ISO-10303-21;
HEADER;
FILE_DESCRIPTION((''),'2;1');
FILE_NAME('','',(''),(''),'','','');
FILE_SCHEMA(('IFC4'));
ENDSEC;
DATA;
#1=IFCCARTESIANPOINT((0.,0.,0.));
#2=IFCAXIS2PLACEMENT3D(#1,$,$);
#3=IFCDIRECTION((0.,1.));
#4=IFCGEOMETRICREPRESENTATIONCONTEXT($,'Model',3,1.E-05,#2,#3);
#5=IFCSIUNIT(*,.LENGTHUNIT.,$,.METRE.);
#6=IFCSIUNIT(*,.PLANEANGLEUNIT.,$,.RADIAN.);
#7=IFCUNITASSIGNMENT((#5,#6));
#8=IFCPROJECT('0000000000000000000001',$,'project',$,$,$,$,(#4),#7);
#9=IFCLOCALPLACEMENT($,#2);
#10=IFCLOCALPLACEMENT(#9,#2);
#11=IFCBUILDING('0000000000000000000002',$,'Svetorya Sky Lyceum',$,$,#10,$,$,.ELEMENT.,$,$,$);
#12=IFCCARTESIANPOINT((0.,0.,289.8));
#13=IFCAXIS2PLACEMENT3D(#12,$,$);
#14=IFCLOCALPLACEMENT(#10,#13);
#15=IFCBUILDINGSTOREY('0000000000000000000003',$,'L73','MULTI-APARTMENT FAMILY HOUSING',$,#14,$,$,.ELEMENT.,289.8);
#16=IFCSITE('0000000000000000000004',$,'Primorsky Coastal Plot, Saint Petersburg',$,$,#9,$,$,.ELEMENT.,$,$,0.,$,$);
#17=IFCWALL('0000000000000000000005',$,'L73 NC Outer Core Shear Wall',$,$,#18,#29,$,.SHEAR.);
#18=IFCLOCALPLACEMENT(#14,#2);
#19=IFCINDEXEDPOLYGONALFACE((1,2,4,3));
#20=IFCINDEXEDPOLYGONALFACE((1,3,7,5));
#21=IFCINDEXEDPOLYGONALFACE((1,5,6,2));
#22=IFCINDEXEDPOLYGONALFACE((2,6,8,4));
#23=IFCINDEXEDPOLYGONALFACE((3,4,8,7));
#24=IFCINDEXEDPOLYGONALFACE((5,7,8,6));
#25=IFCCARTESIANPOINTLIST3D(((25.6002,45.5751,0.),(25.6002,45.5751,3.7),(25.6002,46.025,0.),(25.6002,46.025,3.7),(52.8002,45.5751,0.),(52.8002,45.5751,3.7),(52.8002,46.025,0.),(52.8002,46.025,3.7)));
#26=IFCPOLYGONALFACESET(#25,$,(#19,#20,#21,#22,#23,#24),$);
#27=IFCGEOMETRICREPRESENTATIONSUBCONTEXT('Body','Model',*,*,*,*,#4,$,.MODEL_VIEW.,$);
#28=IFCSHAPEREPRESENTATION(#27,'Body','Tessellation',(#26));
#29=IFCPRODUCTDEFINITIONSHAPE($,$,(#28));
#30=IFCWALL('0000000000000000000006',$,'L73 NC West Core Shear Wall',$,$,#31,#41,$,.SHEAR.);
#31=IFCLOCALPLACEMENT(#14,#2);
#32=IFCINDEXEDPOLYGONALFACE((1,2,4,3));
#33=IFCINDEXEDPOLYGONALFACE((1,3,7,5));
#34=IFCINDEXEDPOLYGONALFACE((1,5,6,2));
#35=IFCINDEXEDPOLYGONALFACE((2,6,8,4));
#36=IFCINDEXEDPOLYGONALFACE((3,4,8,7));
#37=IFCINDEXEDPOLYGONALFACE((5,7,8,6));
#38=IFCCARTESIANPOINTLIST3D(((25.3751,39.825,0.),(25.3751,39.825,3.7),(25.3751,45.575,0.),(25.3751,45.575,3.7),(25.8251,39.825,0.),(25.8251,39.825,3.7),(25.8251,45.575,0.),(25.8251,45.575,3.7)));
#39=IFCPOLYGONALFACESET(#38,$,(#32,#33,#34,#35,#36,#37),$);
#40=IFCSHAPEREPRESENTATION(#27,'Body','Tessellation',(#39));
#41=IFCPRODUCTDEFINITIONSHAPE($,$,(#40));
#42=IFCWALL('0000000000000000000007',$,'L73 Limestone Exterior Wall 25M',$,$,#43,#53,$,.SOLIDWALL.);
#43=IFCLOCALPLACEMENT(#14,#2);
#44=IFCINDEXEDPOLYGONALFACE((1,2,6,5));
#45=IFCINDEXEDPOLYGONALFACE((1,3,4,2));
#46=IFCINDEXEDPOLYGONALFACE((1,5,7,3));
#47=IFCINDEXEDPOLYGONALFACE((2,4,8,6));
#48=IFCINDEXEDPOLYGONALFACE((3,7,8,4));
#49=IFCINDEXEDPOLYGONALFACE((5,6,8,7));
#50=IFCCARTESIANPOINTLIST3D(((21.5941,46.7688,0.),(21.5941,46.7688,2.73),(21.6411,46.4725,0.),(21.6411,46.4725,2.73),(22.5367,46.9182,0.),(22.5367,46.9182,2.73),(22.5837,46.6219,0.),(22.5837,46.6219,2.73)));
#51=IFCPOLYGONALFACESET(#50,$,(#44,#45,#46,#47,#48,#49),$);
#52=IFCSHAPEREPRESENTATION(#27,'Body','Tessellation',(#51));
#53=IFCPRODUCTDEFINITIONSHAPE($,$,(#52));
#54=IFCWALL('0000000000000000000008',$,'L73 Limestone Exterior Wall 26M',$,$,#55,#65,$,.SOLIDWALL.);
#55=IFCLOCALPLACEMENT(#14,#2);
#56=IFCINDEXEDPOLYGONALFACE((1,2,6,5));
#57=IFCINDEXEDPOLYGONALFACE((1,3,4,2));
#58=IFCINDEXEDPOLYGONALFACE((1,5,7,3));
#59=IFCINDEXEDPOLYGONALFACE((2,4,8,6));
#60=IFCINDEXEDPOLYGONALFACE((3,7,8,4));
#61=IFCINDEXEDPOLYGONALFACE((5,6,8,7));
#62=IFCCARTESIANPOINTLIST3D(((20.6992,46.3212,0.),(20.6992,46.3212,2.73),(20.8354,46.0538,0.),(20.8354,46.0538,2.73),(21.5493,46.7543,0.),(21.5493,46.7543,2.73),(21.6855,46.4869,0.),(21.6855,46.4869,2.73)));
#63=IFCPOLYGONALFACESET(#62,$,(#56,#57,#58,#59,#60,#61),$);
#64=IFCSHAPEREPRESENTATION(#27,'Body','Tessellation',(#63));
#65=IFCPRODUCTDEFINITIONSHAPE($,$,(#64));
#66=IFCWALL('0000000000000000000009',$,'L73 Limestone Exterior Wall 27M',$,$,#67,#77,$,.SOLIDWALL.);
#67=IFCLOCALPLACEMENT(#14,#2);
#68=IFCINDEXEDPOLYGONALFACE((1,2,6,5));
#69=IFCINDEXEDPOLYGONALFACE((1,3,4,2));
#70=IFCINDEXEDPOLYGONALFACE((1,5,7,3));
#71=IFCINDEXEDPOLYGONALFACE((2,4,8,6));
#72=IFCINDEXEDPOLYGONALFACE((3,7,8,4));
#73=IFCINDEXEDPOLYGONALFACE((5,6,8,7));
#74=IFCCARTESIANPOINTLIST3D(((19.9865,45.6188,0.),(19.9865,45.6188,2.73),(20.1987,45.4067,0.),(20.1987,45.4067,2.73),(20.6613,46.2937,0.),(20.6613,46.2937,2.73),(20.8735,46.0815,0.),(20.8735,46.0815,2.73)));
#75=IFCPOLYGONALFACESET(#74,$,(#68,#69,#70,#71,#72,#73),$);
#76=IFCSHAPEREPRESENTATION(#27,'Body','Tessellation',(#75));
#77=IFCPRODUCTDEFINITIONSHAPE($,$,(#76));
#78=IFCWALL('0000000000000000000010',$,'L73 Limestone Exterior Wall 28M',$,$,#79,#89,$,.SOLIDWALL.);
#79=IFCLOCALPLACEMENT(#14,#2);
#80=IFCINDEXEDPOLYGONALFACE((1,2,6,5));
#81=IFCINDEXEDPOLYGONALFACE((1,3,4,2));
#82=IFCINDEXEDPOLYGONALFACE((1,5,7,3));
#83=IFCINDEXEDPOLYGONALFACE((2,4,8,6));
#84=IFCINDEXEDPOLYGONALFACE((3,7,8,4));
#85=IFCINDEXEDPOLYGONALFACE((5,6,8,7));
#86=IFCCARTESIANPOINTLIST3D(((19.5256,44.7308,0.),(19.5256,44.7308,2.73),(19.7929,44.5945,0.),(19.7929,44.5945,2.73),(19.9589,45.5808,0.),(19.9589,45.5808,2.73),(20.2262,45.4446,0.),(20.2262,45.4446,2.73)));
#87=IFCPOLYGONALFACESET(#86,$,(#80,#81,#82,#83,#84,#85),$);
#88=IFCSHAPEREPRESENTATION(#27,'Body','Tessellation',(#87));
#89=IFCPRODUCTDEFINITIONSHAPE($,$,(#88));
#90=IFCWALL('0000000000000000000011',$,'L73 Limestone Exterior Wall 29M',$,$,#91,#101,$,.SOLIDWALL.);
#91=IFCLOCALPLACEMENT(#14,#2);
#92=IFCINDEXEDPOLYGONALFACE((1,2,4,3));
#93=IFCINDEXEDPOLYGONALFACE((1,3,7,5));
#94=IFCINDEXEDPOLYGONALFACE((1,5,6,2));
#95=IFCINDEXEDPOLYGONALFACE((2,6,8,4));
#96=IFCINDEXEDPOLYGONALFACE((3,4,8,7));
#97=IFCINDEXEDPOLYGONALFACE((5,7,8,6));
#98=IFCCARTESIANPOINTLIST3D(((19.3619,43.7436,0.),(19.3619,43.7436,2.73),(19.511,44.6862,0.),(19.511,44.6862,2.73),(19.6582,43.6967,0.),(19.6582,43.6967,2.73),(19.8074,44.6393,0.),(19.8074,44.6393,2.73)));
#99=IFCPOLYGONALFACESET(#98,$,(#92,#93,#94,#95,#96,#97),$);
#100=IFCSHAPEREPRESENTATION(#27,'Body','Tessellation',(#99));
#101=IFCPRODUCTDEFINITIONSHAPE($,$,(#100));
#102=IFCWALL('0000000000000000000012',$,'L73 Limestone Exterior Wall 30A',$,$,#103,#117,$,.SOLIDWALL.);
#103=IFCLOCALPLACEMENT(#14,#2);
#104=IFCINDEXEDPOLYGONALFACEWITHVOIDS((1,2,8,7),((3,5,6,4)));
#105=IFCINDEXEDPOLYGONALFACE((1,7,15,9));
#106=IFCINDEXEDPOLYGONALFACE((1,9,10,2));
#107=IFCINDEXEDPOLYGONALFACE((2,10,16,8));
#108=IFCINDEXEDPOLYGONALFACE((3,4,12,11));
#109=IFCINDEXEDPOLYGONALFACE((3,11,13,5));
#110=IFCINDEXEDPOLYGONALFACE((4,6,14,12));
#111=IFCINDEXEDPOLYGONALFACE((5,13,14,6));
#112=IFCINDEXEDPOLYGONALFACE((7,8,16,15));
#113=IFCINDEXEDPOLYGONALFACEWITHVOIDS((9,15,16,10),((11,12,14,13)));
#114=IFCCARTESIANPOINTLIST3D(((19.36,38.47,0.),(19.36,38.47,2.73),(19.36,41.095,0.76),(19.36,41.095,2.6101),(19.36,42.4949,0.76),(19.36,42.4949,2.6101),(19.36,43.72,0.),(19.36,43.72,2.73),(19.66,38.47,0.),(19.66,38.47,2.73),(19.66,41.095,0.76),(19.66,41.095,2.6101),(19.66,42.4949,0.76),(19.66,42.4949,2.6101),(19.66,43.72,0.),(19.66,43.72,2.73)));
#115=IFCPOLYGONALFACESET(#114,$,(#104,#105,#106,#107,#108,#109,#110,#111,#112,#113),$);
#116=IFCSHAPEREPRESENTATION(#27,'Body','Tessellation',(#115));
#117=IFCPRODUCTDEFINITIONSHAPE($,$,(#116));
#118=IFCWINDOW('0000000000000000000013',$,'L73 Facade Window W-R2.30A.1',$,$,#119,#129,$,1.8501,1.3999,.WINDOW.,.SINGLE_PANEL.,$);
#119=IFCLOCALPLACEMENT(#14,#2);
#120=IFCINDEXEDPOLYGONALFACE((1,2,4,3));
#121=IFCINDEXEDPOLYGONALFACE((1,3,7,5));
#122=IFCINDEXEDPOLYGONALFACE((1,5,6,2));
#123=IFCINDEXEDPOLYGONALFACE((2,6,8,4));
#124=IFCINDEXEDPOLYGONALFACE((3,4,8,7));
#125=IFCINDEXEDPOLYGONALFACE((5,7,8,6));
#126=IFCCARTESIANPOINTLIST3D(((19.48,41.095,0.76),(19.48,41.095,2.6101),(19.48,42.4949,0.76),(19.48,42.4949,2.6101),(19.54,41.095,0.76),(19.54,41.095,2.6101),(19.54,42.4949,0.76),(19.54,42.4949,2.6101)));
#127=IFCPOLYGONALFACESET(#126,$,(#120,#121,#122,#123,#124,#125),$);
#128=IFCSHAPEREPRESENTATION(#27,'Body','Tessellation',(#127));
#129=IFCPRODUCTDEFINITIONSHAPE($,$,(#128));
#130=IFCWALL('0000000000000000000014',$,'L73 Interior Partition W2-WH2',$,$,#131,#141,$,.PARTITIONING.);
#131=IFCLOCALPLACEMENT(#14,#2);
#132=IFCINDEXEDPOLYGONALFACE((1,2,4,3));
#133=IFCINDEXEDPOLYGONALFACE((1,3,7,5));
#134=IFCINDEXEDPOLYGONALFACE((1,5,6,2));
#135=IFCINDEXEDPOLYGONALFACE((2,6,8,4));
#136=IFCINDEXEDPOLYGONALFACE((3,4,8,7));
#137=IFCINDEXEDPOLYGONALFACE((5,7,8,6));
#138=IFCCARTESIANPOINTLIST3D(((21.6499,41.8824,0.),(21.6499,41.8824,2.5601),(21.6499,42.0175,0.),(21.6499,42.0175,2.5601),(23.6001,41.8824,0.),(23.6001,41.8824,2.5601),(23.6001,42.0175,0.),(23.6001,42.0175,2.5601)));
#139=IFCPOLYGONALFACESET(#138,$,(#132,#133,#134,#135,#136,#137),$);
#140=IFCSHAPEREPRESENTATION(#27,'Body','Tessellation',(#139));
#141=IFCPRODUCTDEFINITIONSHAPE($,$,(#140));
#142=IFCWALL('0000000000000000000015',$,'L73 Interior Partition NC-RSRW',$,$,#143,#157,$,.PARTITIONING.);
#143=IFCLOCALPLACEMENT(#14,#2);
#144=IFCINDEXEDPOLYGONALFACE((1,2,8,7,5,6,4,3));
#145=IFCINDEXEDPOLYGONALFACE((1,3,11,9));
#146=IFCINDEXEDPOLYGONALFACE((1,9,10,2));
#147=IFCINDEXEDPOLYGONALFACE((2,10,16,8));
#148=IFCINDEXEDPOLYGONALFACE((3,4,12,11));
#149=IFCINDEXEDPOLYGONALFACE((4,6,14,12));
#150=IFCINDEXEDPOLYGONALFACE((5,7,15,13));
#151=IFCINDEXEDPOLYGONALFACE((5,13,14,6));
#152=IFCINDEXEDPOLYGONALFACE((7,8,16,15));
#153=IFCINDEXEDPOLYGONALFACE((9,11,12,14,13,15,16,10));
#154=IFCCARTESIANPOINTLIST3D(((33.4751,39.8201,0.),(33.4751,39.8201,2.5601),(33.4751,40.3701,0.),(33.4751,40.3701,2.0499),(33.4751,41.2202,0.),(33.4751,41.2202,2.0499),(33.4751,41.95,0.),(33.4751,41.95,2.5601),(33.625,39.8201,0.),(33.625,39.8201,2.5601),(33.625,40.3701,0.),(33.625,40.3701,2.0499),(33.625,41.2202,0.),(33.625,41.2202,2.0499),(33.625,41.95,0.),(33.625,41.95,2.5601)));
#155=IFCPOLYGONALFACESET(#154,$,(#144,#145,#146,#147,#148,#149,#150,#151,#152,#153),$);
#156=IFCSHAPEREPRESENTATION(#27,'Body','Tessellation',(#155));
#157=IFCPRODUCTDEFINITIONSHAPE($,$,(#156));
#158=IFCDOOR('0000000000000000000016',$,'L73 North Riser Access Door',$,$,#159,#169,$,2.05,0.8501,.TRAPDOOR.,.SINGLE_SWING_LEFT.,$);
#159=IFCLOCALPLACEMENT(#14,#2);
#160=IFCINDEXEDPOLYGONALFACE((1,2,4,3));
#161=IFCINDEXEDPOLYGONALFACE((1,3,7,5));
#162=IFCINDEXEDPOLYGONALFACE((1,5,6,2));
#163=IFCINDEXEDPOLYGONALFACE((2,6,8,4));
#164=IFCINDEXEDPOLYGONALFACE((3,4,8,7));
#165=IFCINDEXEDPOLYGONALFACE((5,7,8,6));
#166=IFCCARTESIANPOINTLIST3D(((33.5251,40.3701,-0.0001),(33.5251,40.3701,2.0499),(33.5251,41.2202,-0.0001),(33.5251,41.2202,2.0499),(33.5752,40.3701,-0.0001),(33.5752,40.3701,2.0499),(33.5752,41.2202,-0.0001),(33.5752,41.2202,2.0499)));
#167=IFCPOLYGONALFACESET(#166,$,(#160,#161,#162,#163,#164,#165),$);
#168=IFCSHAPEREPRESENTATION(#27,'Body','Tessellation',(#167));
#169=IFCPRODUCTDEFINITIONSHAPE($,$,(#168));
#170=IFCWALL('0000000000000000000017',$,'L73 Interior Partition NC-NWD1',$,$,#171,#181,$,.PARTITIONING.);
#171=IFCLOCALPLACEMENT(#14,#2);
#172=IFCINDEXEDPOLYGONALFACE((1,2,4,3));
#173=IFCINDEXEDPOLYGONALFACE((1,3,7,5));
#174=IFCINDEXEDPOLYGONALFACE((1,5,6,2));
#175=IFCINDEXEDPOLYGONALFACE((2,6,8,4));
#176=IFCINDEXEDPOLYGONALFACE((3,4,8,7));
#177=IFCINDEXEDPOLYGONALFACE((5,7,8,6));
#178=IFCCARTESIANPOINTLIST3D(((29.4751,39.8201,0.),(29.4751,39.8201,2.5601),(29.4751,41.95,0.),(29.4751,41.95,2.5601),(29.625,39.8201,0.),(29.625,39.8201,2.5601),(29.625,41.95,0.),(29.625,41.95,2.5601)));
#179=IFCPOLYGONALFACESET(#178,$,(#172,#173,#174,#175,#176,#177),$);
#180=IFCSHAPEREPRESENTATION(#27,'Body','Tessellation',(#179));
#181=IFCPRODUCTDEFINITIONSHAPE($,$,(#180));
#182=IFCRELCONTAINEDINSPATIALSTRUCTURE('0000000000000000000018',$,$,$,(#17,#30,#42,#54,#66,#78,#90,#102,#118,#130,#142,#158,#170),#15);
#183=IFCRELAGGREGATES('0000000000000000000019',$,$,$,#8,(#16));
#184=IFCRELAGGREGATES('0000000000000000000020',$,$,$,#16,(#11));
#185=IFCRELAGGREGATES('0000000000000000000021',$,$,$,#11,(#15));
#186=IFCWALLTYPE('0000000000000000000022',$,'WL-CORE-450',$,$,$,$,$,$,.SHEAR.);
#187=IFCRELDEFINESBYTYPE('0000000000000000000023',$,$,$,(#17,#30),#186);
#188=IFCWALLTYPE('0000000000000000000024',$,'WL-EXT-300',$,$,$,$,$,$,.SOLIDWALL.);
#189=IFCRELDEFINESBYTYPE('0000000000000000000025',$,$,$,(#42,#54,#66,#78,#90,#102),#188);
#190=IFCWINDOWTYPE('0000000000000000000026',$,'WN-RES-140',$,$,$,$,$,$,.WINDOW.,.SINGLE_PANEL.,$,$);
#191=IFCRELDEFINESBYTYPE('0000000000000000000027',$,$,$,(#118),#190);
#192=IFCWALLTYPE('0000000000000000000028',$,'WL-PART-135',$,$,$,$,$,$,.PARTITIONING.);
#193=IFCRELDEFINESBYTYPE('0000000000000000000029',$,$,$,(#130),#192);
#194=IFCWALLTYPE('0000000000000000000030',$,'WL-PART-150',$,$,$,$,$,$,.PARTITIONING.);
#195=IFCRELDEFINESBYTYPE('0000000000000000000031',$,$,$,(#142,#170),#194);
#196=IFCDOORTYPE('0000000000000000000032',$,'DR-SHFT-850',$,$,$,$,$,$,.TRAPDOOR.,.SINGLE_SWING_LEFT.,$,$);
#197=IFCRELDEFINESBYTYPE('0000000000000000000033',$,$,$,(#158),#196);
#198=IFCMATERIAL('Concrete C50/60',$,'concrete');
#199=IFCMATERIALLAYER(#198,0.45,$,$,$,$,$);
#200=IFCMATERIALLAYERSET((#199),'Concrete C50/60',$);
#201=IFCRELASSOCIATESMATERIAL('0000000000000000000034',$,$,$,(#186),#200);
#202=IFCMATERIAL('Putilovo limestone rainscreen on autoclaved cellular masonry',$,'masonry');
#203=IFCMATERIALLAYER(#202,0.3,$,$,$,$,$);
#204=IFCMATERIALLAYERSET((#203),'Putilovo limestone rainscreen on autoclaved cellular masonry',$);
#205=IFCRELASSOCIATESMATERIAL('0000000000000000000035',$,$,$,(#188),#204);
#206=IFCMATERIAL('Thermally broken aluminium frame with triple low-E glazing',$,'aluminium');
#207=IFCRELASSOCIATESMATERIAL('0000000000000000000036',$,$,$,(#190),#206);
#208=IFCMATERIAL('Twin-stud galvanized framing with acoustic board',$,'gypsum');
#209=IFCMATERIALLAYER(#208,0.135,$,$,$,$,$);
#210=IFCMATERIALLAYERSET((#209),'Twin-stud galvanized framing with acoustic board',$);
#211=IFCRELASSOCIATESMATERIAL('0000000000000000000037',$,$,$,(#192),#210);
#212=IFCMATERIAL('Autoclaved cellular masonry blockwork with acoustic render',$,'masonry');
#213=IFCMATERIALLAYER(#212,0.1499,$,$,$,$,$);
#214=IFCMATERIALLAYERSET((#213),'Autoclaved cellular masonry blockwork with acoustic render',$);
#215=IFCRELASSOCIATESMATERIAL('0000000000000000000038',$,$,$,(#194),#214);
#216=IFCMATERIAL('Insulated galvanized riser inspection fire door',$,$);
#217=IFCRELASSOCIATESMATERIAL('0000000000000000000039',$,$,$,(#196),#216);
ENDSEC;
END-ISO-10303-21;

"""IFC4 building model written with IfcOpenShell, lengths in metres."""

from ifc_helpers import new_model, si_unit, direction, frame, frame_2d, origin, place, context, subcontext, project, spatial, rectangle, extrude, material, layer, layer_set, type_object, element, fill, save


model = new_model("IFC4")

# Units and contexts
model_context = context("Model", 3, precision=1e-05, world=origin(), true_north=direction((0.0, 1.0)))
body_context = subcontext(model_context, "Body", "Model", "MODEL_VIEW")
ifc_project = project(units=[si_unit("LENGTHUNIT", "METRE"), si_unit("PLANEANGLEUNIT", "RADIAN")], contexts=[model_context])

# Site, building, storey
site_placement = place(None, origin())
site = spatial("IfcSite", under=ifc_project, at=site_placement, Name="Primorsky Coastal Plot, Saint Petersburg", CompositionType="ELEMENT", RefElevation=0.0)
building_placement = place(site_placement, origin())
building = spatial("IfcBuilding", under=site, at=building_placement, Name="Svetorya Sky Lyceum", CompositionType="ELEMENT")
storey_placement = place(building_placement, frame((0.0, 0.0, 289.8)))
storey = spatial("IfcBuildingStorey", under=building, at=storey_placement, Name="L73", Description="MULTI-APARTMENT FAMILY HOUSING", CompositionType="ELEMENT", Elevation=289.8)

# Shared definitions
ifc_material_1 = material(Name="Concrete C50/60", Category="concrete")

# Walls
ifc_layer_1 = layer(ifc_material_1, 0.45)
ifc_layer_set_1 = layer_set([ifc_layer_1], Name="Concrete C50/60")
wall_type_1 = type_object("IfcWallType", Name="WL-CORE-450", PredefinedType="SHEAR", material=ifc_layer_set_1)
wall_1_placement = place(storey_placement, frame((25.6001, 45.8, 0.0), z_axis=(0.0, 0.0, 1.0), x_axis=(1.0, 0.0, 0.0)))
element("IfcWall", 1, at=wall_1_placement, inside=storey, type_object=wall_type_1, Name="L73 NC Outer Core Shear Wall", PredefinedType="SHEAR", context=body_context, shape_type="SweptSolid", body=[
    extrude(rectangle(XDim=27.2, YDim=0.45, at=frame_2d((13.6001, 0.0))), origin(), (0.0, 0.0, 1.0), 3.7),
])
wall_2_placement = place(storey_placement, frame((25.6001, 39.825, 0.0), z_axis=(0.0, 0.0, 1.0), x_axis=(0.0, 1.0, 0.0)))
element("IfcWall", 2, at=wall_2_placement, inside=storey, type_object=wall_type_1, Name="L73 NC West Core Shear Wall", PredefinedType="SHEAR", context=body_context, shape_type="SweptSolid", body=[
    extrude(rectangle(XDim=5.75, YDim=0.45, at=frame_2d((2.875, 0.0))), origin(), (0.0, 0.0, 1.0), 3.7),
])
ifc_material_2 = material(Name="Putilovo limestone rainscreen on autoclaved cellular masonry", Category="masonry")
ifc_layer_2 = layer(ifc_material_2, 0.3)
ifc_layer_set_2 = layer_set([ifc_layer_2], Name="Putilovo limestone rainscreen on autoclaved cellular masonry")
wall_type_2 = type_object("IfcWallType", Name="WL-EXT-300", PredefinedType="SOLIDWALL", material=ifc_layer_set_2)
wall_3_placement = place(storey_placement, frame((22.5601, 46.77, 0.0), z_axis=(0.0, 0.0, 1.0), x_axis=(-0.987669, -0.156554, 0.0)))
element("IfcWall", 3, at=wall_3_placement, inside=storey, type_object=wall_type_2, Name="L73 Limestone Exterior Wall 25M", PredefinedType="SOLIDWALL", context=body_context, shape_type="SweptSolid", body=[
    extrude(rectangle(XDim=0.9543, YDim=0.3, at=frame_2d((0.4771, 0.0))), origin(), (0.0, 0.0, 1.0), 2.73),
])
wall_4_placement = place(storey_placement, frame((21.6174, 46.6206, 0.0), z_axis=(0.0, 0.0, 1.0), x_axis=(-0.891024, -0.453956, 0.0)))
element("IfcWall", 4, at=wall_4_placement, inside=storey, type_object=wall_type_2, Name="L73 Limestone Exterior Wall 26M", PredefinedType="SOLIDWALL", context=body_context, shape_type="SweptSolid", body=[
    extrude(rectangle(XDim=0.9541, YDim=0.3, at=frame_2d((0.4771, 0.0))), origin(), (0.0, 0.0, 1.0), 2.73),
])
wall_5_placement = place(storey_placement, frame((20.7673, 46.1875, 0.0), z_axis=(0.0, 0.0, 1.0), x_axis=(-0.707107, -0.707107, 0.0)))
element("IfcWall", 5, at=wall_5_placement, inside=storey, type_object=wall_type_2, Name="L73 Limestone Exterior Wall 27M", PredefinedType="SOLIDWALL", context=body_context, shape_type="SweptSolid", body=[
    extrude(rectangle(XDim=0.9543, YDim=0.3, at=frame_2d((0.4771, 0.0))), origin(), (0.0, 0.0, 1.0), 2.73),
])
wall_6_placement = place(storey_placement, frame((20.0925, 45.5127, 0.0), z_axis=(0.0, 0.0, 1.0), x_axis=(-0.45416, -0.89092, 0.0)))
element("IfcWall", 6, at=wall_6_placement, inside=storey, type_object=wall_type_2, Name="L73 Limestone Exterior Wall 28M", PredefinedType="SOLIDWALL", context=body_context, shape_type="SweptSolid", body=[
    extrude(rectangle(XDim=0.9541, YDim=0.3, at=frame_2d((0.4771, 0.0))), origin(), (0.0, 0.0, 1.0), 2.73),
])
wall_7_placement = place(storey_placement, frame((19.6592, 44.6626, 0.0), z_axis=(0.0, 0.0, 1.0), x_axis=(-0.156304, -0.987709, 0.0)))
element("IfcWall", 7, at=wall_7_placement, inside=storey, type_object=wall_type_2, Name="L73 Limestone Exterior Wall 29M", PredefinedType="SOLIDWALL", context=body_context, shape_type="SweptSolid", body=[
    extrude(rectangle(XDim=0.9543, YDim=0.3, at=frame_2d((0.4771, 0.0))), origin(), (0.0, 0.0, 1.0), 2.73),
])

# Wall, opening, window
wall_8_placement = place(storey_placement, frame((19.51, 43.72, 0.0), z_axis=(0.0, 0.0, 1.0), x_axis=(0.0, -1.0, 0.0)))
wall_8 = element("IfcWall", 8, at=wall_8_placement, inside=storey, type_object=wall_type_2, Name="L73 Limestone Exterior Wall 30A", PredefinedType="SOLIDWALL", context=body_context, shape_type="SweptSolid", body=[
    extrude(rectangle(XDim=5.25, YDim=0.3, at=frame_2d((2.625, 0.0))), origin(), (0.0, 0.0, 1.0), 2.73),
])
opening_1_placement = place(wall_8_placement, frame((1.2251, 0.0, 0.76)))
opening_1 = element("IfcOpeningElement", 9, at=opening_1_placement, cuts=wall_8, PredefinedType="OPENING", context=body_context, shape_type="SweptSolid", body=[
    extrude(rectangle(XDim=1.3999, YDim=1.8501, at=frame_2d((0.7, 0.925))), frame((0.0, 0.1599, 0.0), z_axis=(0.0, -1.0, 0.0), x_axis=(1.0, 0.0, 0.0)), (0.0, 0.0, 1.0), 0.3201),
])
ifc_material_3 = material(Name="Thermally broken aluminium frame with triple low-E glazing", Category="aluminium")
window_type = type_object("IfcWindowType", Name="WN-RES-140", PartitioningType="SINGLE_PANEL", PredefinedType="WINDOW", material=ifc_material_3)
window_placement = place(opening_1_placement, origin())
window = element("IfcWindow", 10, at=window_placement, inside=storey, type_object=window_type, Name="L73 Facade Window W-R2.30A.1", OverallHeight=1.8501, OverallWidth=1.3999, PartitioningType="SINGLE_PANEL", PredefinedType="WINDOW", context=body_context, shape_type="SweptSolid", body=[
    extrude(rectangle(XDim=1.3999, YDim=1.8501, at=frame_2d((0.7, 0.925))), frame((0.0, 0.03, 0.0), z_axis=(0.0, -1.0, 0.0), x_axis=(1.0, 0.0, 0.0)), (0.0, 0.0, 1.0), 0.0601),
])
fill(opening_1, window)

# Wall
ifc_material_4 = material(Name="Twin-stud galvanized framing with acoustic board", Category="gypsum")
ifc_layer_3 = layer(ifc_material_4, 0.135)
ifc_layer_set_3 = layer_set([ifc_layer_3], Name="Twin-stud galvanized framing with acoustic board")
wall_type_3 = type_object("IfcWallType", Name="WL-PART-135", PredefinedType="PARTITIONING", material=ifc_layer_set_3)
wall_9_placement = place(storey_placement, frame((21.6499, 41.95, 0.0), z_axis=(0.0, 0.0, 1.0), x_axis=(1.0, 0.0, 0.0)))
element("IfcWall", 11, at=wall_9_placement, inside=storey, type_object=wall_type_3, Name="L73 Interior Partition W2-WH2", PredefinedType="PARTITIONING", context=body_context, shape_type="SweptSolid", body=[
    extrude(rectangle(XDim=1.9502, YDim=0.135, at=frame_2d((0.9751, 0.0))), origin(), (0.0, 0.0, 1.0), 2.5601),
])

# Wall, opening, door
ifc_material_5 = material(Name="Autoclaved cellular masonry blockwork with acoustic render", Category="masonry")
ifc_layer_4 = layer(ifc_material_5, 0.1499)
ifc_layer_set_4 = layer_set([ifc_layer_4], Name="Autoclaved cellular masonry blockwork with acoustic render")
wall_type_4 = type_object("IfcWallType", Name="WL-PART-150", PredefinedType="PARTITIONING", material=ifc_layer_set_4)
wall_10_placement = place(storey_placement, frame((33.55, 39.8201, 0.0), z_axis=(0.0, 0.0, 1.0), x_axis=(0.0, 1.0, 0.0)))
wall_10 = element("IfcWall", 12, at=wall_10_placement, inside=storey, type_object=wall_type_4, Name="L73 Interior Partition NC-RSRW", PredefinedType="PARTITIONING", context=body_context, shape_type="SweptSolid", body=[
    extrude(rectangle(XDim=2.1299, YDim=0.1499, at=frame_2d((1.0649, 0.0))), origin(), (0.0, 0.0, 1.0), 2.5601),
])
opening_2_placement = place(wall_10_placement, frame((0.55, 0.0, 0.0)))
opening_2 = element("IfcOpeningElement", 13, at=opening_2_placement, cuts=wall_10, PredefinedType="OPENING", context=body_context, shape_type="SweptSolid", body=[
    extrude(rectangle(XDim=0.8501, YDim=2.05, at=frame_2d((0.425, 1.0249))), frame((0.0, 0.085, 0.0), z_axis=(0.0, -1.0, 0.0), x_axis=(1.0, 0.0, 0.0)), (0.0, 0.0, 1.0), 0.1699),
])
ifc_material_6 = material(Name="Insulated galvanized riser inspection fire door")
door_type = type_object("IfcDoorType", Name="DR-SHFT-850", OperationType="SINGLE_SWING_LEFT", PredefinedType="TRAPDOOR", material=ifc_material_6)
door_placement = place(opening_2_placement, origin())
door = element("IfcDoor", 14, at=door_placement, inside=storey, type_object=door_type, Name="L73 North Riser Access Door", OperationType="SINGLE_SWING_LEFT", OverallHeight=2.05, OverallWidth=0.8501, PredefinedType="TRAPDOOR", context=body_context, shape_type="SweptSolid", body=[
    extrude(rectangle(XDim=0.8501, YDim=2.05, at=frame_2d((0.425, 1.0249))), frame((0.0, 0.0249, 0.0), z_axis=(0.0, -1.0, 0.0), x_axis=(1.0, 0.0, 0.0)), (0.0, 0.0, 1.0), 0.05),
])
fill(opening_2, door)

# Wall
for number, where, z_axis, x_axis, name in (
    (15, (29.55, 39.8201, 0.0), (0.0, 0.0, 1.0), (0.0, 1.0, 0.0), "L73 Interior Partition NC-NWD1"),
):
    element("IfcWall", number, at=place(storey_placement, frame(where, z_axis=z_axis, x_axis=x_axis)), inside=storey, type_object=wall_type_4, Name=name, PredefinedType="PARTITIONING", context=body_context, shape_type="SweptSolid", body=[
        extrude(rectangle(XDim=2.1299, YDim=0.1499, at=frame_2d((1.0649, 0.0))), origin(), (0.0, 0.0, 1.0), 2.5601),
    ])

save(model, "model.ifc")
